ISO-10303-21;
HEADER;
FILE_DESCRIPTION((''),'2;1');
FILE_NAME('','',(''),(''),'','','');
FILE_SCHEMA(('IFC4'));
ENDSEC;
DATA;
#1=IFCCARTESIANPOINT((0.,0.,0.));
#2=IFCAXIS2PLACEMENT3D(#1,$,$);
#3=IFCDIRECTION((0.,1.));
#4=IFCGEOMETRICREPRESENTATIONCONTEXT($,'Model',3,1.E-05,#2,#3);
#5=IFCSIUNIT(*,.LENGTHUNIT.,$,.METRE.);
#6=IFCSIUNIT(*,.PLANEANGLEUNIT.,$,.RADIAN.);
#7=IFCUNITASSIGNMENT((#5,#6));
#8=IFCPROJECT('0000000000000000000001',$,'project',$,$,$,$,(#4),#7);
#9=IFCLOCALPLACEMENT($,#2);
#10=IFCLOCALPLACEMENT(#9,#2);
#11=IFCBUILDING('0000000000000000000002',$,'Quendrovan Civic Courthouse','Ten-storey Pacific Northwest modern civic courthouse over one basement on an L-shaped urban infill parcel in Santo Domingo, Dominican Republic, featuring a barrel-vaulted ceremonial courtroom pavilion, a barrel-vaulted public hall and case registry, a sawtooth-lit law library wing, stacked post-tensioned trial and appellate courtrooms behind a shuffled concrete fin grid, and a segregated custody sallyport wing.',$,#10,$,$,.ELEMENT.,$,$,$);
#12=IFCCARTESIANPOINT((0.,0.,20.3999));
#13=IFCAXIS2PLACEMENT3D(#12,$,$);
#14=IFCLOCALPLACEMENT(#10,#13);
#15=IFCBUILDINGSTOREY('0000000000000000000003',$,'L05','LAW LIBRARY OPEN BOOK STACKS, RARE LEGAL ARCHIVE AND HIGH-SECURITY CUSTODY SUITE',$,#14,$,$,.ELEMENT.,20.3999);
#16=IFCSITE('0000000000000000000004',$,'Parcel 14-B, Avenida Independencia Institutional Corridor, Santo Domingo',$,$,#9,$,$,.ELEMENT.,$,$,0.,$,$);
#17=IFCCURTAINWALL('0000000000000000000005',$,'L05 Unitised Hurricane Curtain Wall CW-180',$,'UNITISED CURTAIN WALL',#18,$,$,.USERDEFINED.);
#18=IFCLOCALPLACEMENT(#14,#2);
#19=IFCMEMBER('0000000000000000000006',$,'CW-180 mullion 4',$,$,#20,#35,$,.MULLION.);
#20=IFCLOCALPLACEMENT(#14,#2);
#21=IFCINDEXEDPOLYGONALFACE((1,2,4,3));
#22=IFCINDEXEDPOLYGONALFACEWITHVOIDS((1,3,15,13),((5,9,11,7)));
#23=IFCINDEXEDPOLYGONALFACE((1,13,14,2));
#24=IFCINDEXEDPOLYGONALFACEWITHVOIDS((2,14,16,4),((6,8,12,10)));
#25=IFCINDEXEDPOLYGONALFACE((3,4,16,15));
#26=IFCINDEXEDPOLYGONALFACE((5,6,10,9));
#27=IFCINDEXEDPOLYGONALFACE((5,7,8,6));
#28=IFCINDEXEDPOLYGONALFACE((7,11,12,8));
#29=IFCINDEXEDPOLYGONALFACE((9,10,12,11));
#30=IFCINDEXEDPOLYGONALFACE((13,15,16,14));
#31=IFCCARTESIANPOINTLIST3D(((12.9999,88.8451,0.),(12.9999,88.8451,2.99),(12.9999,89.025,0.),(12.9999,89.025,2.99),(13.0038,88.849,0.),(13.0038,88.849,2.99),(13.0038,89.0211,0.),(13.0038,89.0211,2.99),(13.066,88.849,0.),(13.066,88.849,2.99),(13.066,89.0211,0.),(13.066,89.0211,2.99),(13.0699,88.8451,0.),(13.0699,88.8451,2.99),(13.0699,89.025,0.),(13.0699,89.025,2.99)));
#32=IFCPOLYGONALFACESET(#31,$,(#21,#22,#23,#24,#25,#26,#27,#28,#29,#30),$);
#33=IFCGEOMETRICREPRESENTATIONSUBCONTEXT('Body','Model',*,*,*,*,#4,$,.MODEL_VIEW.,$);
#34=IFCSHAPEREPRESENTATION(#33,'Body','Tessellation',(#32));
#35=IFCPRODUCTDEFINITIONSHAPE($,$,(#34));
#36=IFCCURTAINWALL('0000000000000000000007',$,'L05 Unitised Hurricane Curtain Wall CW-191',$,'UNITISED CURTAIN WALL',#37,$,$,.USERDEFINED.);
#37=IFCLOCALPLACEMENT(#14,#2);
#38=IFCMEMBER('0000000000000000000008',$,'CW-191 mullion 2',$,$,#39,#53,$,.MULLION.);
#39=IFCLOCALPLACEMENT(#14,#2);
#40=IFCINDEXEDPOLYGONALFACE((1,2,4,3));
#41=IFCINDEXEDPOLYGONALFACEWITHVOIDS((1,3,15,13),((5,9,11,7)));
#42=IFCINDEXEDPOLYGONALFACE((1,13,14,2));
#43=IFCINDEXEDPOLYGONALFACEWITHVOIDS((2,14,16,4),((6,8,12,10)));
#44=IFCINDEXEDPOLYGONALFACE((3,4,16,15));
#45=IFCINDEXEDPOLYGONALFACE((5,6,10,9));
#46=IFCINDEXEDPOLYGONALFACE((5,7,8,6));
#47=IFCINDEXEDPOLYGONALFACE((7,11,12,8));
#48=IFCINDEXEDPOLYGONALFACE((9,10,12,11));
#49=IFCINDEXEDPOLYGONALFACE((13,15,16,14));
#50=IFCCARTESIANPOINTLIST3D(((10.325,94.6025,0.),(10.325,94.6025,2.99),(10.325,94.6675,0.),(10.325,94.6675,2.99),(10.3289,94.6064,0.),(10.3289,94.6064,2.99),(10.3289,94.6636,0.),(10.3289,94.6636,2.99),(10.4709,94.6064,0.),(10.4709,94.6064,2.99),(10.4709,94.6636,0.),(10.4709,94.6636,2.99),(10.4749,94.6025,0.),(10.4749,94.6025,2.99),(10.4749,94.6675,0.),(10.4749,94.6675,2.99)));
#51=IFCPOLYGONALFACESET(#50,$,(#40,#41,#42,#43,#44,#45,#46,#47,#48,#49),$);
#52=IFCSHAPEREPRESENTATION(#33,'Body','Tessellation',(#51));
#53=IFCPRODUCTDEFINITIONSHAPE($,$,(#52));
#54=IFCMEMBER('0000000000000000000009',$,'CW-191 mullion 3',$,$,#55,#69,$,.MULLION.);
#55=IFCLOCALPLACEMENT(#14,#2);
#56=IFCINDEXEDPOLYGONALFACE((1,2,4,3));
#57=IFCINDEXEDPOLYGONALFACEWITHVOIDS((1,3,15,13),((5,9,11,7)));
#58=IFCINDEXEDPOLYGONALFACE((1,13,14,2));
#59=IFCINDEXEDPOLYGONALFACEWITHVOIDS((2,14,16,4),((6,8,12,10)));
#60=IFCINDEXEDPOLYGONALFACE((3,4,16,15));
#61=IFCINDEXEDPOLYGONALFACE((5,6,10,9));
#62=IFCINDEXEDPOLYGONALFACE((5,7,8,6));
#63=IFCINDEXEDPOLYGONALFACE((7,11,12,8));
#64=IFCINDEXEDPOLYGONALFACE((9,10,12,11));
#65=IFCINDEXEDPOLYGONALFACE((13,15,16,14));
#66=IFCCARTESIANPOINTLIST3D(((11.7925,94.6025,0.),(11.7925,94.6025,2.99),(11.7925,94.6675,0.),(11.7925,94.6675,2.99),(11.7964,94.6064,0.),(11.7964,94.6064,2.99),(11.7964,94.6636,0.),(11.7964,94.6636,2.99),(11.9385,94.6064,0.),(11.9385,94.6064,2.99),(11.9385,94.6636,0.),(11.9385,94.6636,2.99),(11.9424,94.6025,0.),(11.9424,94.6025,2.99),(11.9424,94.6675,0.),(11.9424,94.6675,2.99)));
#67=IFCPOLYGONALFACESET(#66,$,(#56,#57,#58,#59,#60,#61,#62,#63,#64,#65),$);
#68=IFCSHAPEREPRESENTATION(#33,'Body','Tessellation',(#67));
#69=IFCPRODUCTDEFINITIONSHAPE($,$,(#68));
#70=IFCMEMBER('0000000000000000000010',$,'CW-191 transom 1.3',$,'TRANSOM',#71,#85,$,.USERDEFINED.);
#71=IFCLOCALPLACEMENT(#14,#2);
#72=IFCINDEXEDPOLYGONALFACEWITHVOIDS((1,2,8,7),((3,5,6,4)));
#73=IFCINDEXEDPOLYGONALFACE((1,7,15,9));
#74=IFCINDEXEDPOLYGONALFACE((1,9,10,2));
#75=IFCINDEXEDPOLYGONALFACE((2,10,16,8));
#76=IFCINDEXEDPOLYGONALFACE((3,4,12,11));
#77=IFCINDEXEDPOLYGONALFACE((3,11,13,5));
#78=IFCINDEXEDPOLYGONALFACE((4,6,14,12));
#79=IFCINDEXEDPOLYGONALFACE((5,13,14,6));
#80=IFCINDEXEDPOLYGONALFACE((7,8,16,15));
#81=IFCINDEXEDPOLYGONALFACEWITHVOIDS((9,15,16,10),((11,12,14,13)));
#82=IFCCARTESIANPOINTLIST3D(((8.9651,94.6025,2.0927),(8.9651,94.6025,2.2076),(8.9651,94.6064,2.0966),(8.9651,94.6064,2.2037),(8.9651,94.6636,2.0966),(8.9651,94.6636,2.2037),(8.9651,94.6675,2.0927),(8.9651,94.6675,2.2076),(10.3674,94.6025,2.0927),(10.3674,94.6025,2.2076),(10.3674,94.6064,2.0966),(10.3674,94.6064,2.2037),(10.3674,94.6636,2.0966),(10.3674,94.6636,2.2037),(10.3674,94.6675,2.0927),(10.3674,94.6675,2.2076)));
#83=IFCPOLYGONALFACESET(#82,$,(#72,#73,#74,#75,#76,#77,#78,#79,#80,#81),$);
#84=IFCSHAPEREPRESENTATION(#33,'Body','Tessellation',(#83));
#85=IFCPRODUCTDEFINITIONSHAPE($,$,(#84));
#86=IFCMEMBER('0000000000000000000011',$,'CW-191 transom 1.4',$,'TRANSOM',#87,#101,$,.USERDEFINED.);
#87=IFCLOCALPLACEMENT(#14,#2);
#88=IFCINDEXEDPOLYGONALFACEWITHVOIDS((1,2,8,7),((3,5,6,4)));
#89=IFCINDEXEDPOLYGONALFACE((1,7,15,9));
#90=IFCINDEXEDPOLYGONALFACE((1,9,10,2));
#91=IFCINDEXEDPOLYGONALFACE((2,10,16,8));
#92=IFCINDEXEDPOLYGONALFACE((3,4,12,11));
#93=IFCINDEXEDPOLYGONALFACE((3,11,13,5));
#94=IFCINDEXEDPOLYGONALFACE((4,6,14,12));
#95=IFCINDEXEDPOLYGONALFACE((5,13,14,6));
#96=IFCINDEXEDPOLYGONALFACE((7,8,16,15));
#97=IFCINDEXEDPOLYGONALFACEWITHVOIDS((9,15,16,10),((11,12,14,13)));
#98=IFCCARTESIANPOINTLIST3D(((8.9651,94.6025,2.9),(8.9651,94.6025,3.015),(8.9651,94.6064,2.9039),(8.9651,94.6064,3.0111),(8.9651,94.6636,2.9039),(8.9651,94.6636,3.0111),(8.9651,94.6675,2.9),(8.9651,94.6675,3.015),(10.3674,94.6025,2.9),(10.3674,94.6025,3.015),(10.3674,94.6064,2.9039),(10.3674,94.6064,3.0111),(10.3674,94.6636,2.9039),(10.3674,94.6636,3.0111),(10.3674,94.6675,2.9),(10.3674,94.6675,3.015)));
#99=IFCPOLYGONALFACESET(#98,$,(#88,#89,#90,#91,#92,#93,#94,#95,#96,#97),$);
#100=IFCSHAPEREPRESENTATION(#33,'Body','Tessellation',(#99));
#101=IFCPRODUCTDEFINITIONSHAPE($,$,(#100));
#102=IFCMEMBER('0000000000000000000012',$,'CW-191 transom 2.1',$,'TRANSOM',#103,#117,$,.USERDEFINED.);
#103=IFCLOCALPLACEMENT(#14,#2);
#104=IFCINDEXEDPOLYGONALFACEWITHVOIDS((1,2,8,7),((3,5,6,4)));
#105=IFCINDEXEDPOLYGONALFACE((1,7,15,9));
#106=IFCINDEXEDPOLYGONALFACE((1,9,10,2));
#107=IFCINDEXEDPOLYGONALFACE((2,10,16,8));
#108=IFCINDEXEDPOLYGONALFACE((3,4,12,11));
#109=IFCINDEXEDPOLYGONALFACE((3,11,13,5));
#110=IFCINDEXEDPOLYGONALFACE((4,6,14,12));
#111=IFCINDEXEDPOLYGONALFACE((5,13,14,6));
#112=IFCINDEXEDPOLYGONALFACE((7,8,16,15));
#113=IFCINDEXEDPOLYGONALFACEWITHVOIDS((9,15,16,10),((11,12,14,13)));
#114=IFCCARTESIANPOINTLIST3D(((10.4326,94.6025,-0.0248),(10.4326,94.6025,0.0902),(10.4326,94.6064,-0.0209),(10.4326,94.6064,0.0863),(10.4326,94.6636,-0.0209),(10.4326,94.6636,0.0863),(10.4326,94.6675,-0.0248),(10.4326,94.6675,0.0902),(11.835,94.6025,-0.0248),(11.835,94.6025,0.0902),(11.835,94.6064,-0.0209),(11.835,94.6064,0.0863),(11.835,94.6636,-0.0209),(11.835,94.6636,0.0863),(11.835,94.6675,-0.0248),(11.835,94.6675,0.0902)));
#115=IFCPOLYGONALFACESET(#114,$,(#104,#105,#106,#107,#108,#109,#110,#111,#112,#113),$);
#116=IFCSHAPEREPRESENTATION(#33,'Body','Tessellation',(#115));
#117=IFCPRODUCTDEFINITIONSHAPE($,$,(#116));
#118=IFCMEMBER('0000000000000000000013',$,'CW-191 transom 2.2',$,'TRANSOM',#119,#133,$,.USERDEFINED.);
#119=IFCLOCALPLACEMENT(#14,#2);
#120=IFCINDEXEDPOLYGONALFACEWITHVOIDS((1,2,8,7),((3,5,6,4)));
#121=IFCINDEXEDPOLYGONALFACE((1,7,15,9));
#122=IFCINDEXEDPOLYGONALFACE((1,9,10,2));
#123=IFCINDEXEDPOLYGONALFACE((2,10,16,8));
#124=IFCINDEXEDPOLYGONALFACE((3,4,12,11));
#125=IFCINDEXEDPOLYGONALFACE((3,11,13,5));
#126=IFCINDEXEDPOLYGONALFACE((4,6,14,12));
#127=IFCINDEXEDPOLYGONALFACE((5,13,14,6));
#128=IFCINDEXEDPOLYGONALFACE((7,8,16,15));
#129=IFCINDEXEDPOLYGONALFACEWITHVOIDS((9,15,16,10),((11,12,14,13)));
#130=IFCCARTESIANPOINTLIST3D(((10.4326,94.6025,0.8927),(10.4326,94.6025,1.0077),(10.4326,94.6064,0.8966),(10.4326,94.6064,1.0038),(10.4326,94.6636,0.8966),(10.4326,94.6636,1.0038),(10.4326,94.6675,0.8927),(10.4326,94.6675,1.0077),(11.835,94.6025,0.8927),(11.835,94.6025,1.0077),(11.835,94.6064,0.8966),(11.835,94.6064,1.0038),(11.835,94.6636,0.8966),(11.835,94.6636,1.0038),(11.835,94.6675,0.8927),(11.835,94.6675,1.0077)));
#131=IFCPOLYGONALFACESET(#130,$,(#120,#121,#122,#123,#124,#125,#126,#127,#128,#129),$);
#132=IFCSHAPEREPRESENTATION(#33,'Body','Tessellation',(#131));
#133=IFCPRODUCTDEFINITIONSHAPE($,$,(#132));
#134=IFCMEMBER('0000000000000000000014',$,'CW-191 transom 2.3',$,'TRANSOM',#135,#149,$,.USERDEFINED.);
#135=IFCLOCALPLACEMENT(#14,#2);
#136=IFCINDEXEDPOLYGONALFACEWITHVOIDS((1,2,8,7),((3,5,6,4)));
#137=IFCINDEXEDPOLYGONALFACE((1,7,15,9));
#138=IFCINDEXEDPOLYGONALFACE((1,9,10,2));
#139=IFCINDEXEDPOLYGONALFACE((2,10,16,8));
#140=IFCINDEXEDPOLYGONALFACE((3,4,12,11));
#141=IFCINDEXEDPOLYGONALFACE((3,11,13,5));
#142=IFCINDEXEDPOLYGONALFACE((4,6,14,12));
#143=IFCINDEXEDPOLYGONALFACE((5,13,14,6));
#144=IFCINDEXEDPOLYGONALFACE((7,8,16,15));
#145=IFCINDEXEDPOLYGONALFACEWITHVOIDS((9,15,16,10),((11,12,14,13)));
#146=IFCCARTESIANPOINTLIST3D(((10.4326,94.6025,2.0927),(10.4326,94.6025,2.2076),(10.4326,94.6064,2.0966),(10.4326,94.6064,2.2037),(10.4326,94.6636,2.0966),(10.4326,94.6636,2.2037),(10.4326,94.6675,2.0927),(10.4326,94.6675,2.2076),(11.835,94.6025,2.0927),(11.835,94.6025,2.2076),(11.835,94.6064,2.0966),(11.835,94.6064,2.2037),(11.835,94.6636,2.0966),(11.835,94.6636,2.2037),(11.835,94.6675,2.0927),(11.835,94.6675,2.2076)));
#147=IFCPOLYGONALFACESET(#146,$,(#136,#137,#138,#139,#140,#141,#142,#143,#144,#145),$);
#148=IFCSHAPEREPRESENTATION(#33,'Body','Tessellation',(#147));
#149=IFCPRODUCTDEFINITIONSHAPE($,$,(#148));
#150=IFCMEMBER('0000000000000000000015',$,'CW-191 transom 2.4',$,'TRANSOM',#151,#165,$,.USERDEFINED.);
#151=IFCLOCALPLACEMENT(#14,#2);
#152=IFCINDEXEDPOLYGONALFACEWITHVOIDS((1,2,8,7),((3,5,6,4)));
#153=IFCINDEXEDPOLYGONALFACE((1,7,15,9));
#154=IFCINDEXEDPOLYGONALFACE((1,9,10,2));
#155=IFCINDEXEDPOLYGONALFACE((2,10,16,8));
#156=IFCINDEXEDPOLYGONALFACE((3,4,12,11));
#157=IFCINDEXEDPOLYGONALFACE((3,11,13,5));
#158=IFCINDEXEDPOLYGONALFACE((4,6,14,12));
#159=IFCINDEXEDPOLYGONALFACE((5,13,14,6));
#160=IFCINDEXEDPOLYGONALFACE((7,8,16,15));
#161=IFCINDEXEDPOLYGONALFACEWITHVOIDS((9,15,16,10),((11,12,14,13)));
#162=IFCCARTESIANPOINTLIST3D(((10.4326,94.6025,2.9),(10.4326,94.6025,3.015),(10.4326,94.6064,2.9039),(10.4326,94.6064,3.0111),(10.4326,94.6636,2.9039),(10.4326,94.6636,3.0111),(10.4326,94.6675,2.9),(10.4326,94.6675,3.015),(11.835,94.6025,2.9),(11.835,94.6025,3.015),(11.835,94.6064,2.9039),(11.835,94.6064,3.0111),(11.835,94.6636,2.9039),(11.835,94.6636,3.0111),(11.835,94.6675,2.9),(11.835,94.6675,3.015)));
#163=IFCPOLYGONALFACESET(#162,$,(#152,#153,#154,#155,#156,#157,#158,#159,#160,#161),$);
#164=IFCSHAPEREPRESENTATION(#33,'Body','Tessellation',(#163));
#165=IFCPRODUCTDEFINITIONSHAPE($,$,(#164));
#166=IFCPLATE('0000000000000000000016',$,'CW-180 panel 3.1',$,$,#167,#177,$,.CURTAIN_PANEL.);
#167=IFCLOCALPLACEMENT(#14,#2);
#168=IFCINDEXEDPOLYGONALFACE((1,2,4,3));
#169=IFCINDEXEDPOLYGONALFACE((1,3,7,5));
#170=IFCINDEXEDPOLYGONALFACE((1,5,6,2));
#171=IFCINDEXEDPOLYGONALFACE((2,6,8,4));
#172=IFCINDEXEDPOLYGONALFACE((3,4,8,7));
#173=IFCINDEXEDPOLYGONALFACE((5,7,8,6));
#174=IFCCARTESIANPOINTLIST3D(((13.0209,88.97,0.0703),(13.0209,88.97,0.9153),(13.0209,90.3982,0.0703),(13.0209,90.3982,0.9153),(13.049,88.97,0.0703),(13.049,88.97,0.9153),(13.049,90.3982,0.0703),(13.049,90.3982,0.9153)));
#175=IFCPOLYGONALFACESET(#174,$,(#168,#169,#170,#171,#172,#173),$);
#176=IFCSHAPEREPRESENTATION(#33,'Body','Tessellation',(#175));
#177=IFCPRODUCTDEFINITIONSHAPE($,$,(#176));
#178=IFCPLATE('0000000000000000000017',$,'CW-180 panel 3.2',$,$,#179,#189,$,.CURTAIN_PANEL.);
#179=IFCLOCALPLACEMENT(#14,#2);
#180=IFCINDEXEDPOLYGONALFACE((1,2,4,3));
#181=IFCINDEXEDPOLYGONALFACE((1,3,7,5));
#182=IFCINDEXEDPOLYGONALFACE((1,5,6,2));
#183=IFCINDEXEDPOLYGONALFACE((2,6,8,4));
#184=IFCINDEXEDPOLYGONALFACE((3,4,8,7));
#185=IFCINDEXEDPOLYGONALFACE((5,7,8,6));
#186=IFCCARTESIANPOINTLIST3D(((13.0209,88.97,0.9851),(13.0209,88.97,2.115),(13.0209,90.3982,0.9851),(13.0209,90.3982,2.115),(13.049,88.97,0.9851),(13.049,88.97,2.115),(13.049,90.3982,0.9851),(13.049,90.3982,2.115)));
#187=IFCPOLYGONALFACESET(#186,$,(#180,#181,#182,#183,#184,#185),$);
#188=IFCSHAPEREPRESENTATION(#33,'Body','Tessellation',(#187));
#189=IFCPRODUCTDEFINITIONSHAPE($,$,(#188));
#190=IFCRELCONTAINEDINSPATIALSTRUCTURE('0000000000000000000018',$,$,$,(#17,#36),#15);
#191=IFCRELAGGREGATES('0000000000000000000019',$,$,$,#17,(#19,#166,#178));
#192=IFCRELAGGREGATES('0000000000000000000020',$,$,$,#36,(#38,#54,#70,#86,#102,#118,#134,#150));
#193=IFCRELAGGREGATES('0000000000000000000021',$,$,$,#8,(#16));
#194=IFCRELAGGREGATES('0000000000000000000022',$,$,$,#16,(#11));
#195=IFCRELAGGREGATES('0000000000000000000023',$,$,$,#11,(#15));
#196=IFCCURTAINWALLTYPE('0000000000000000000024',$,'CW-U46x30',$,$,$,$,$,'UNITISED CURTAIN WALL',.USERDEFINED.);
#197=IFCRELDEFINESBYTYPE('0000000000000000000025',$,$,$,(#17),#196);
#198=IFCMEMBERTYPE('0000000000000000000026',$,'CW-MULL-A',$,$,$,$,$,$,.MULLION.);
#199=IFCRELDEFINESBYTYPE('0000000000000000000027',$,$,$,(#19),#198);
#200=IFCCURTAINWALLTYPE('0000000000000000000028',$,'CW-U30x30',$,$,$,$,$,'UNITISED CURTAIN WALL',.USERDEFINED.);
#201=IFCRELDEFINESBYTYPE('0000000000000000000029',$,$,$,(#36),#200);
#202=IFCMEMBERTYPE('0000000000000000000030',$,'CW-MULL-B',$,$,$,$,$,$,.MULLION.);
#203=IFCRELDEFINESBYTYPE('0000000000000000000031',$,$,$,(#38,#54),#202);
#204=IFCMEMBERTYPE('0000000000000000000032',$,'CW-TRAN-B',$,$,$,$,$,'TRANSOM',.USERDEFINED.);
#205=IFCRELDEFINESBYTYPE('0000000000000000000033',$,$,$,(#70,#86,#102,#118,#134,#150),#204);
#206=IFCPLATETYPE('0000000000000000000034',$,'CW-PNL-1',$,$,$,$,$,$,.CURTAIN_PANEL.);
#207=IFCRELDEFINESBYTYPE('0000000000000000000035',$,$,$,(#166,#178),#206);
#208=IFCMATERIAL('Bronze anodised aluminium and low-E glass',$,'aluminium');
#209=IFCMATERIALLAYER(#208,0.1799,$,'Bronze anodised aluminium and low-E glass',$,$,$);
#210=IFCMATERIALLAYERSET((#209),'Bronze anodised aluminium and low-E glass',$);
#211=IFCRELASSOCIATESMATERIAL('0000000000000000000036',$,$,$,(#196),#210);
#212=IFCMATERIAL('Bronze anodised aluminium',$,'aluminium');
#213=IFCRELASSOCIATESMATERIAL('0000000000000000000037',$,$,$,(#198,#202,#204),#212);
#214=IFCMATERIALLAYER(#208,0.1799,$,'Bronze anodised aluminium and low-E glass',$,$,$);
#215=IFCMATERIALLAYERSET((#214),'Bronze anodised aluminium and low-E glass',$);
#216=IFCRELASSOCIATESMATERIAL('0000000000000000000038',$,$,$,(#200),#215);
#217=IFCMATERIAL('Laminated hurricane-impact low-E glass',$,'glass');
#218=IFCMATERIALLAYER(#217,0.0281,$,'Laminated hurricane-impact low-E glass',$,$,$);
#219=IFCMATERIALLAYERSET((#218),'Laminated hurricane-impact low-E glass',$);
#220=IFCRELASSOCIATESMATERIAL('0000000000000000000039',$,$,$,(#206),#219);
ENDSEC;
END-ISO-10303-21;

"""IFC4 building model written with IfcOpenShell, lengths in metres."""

from ifc_helpers import new_model, si_unit, direction, frame, origin, origin_2d, place, context, subcontext, project, spatial, rectangle, hollow_rectangle, extrude, material, layer, layer_set, material_profile, profile_set, type_object, element, aggregate, save


model = new_model("IFC4")

# Units and contexts
model_context = context("Model", 3, precision=1e-05, world=origin(), true_north=direction((0.0, 1.0)))
body_context = subcontext(model_context, "Body", "Model", "MODEL_VIEW")
ifc_project = project(units=[si_unit("LENGTHUNIT", "METRE"), si_unit("PLANEANGLEUNIT", "RADIAN")], contexts=[model_context])

# Site, building, storey
site_placement = place(None, origin())
site = spatial("IfcSite", under=ifc_project, at=site_placement, Name="Parcel 14-B, Avenida Independencia Institutional Corridor, Santo Domingo", CompositionType="ELEMENT", RefElevation=0.0)
building_placement = place(site_placement, origin())
building = spatial("IfcBuilding", under=site, at=building_placement, Name="Quendrovan Civic Courthouse", Description="Ten-storey Pacific Northwest modern civic courthouse over one basement on an L-shaped urban infill parcel in Santo Domingo, Dominican Republic, featuring a barrel-vaulted ceremonial courtroom pavilion, a barrel-vaulted public hall and case registry, a sawtooth-lit law library wing, stacked post-tensioned trial and appellate courtrooms behind a shuffled concrete fin grid, and a segregated custody sallyport wing.", CompositionType="ELEMENT")
storey_placement = place(building_placement, frame((0.0, 0.0, 20.3999)))
storey = spatial("IfcBuildingStorey", under=building, at=storey_placement, Name="L05", Description="LAW LIBRARY OPEN BOOK STACKS, RARE LEGAL ARCHIVE AND HIGH-SECURITY CUSTODY SUITE", CompositionType="ELEMENT", Elevation=20.3999)

# Curtain wall, member
ifc_material_1 = material(Name="Bronze anodised aluminium and low-E glass", Category="aluminium")
ifc_layer_1 = layer(ifc_material_1, 0.1799, Name="Bronze anodised aluminium and low-E glass")
ifc_layer_set_1 = layer_set([ifc_layer_1], Name="Bronze anodised aluminium and low-E glass")
curtain_wall_type_1 = type_object("IfcCurtainWallType", Name="CW-U46x30", ElementType="UNITISED CURTAIN WALL", PredefinedType="USERDEFINED", material=ifc_layer_set_1)
curtain_wall_1_placement = place(storey_placement, origin())
curtain_wall_1 = element("IfcCurtainWall", 1, at=curtain_wall_1_placement, inside=storey, type_object=curtain_wall_type_1, Name="L05 Unitised Hurricane Curtain Wall CW-180", ObjectType="UNITISED CURTAIN WALL", PredefinedType="USERDEFINED")
ifc_material_2 = material(Name="Bronze anodised aluminium", Category="aluminium")
ifc_material_profile_1 = material_profile(ifc_material_2, hollow_rectangle(XDim=0.0701, YDim=0.1799, WallThickness=0.0039, at=origin_2d()), Name="CW-MULL-70x180")
ifc_profile_set_1 = profile_set([ifc_material_profile_1], Name="Bronze anodised aluminium")
member_type_1 = type_object("IfcMemberType", Name="CW-MULL-A", PredefinedType="MULLION", material=ifc_profile_set_1)
member_1_placement = place(storey_placement, frame((13.0349, 88.9351, 0.0), z_axis=(0.0, 0.0, 1.0), x_axis=(1.0, 0.0, 0.0)))
member_1 = element("IfcMember", 2, at=member_1_placement, type_object=member_type_1, Name="CW-180 mullion 4", PredefinedType="MULLION", context=body_context, shape_type="SweptSolid", body=[
    extrude(hollow_rectangle(XDim=0.0701, YDim=0.1799, WallThickness=0.0039, at=origin_2d()), origin(), (0.0, 0.0, 1.0), 2.99),
])

# Curtain wall, members
ifc_layer_2 = layer(ifc_material_1, 0.1799, Name="Bronze anodised aluminium and low-E glass")
ifc_layer_set_2 = layer_set([ifc_layer_2], Name="Bronze anodised aluminium and low-E glass")
curtain_wall_type_2 = type_object("IfcCurtainWallType", Name="CW-U30x30", ElementType="UNITISED CURTAIN WALL", PredefinedType="USERDEFINED", material=ifc_layer_set_2)
curtain_wall_2_placement = place(storey_placement, origin())
curtain_wall_2 = element("IfcCurtainWall", 3, at=curtain_wall_2_placement, inside=storey, type_object=curtain_wall_type_2, Name="L05 Unitised Hurricane Curtain Wall CW-191", ObjectType="UNITISED CURTAIN WALL", PredefinedType="USERDEFINED")
ifc_material_profile_2 = material_profile(ifc_material_2, hollow_rectangle(XDim=0.0649, YDim=0.1499, WallThickness=0.0039, at=origin_2d()), Name="CW-MULL-65x150")
ifc_profile_set_2 = profile_set([ifc_material_profile_2], Name="Bronze anodised aluminium")
member_type_2 = type_object("IfcMemberType", Name="CW-MULL-B", PredefinedType="MULLION", material=ifc_profile_set_2)
member_2_placement = place(storey_placement, frame((10.3999, 94.635, 0.0), z_axis=(0.0, 0.0, 1.0), x_axis=(0.0, 1.0, 0.0)))
member_2 = element("IfcMember", 4, at=member_2_placement, type_object=member_type_2, Name="CW-191 mullion 2", PredefinedType="MULLION", context=body_context, shape_type="SweptSolid", body=[
    extrude(hollow_rectangle(XDim=0.0649, YDim=0.1499, WallThickness=0.0039, at=origin_2d()), origin(), (0.0, 0.0, 1.0), 2.99),
])
member_3_placement = place(storey_placement, frame((11.8674, 94.635, 0.0), z_axis=(0.0, 0.0, 1.0), x_axis=(0.0, 1.0, 0.0)))
member_3 = element("IfcMember", 5, at=member_3_placement, type_object=member_type_2, Name="CW-191 mullion 3", PredefinedType="MULLION", context=body_context, shape_type="SweptSolid", body=[
    extrude(hollow_rectangle(XDim=0.0649, YDim=0.1499, WallThickness=0.0039, at=origin_2d()), origin(), (0.0, 0.0, 1.0), 2.99),
])
ifc_material_profile_3 = material_profile(ifc_material_2, hollow_rectangle(XDim=0.0649, YDim=0.115, WallThickness=0.0039, at=origin_2d()), Name="CW-TRAN-65x115")
ifc_profile_set_3 = profile_set([ifc_material_profile_3], Name="Bronze anodised aluminium")
member_type_3 = type_object("IfcMemberType", Name="CW-TRAN-B", ElementType="TRANSOM", PredefinedType="USERDEFINED", material=ifc_profile_set_3)
member_4_placement = place(storey_placement, frame((8.9651, 94.635, 2.1501), z_axis=(1.0, 0.0, 0.0), x_axis=(0.0, 1.0, 0.0)))
member_4 = element("IfcMember", 6, at=member_4_placement, type_object=member_type_3, Name="CW-191 transom 1.3", ObjectType="TRANSOM", PredefinedType="USERDEFINED", context=body_context, shape_type="SweptSolid", body=[
    extrude(hollow_rectangle(XDim=0.0649, YDim=0.115, WallThickness=0.0039, at=origin_2d()), origin(), (0.0, 0.0, 1.0), 1.4023),
])
member_5_placement = place(storey_placement, frame((8.9651, 94.635, 2.9575), z_axis=(1.0, 0.0, 0.0), x_axis=(0.0, 1.0, 0.0)))
member_5 = element("IfcMember", 7, at=member_5_placement, type_object=member_type_3, Name="CW-191 transom 1.4", ObjectType="TRANSOM", PredefinedType="USERDEFINED", context=body_context, shape_type="SweptSolid", body=[
    extrude(hollow_rectangle(XDim=0.0649, YDim=0.115, WallThickness=0.0039, at=origin_2d()), origin(), (0.0, 0.0, 1.0), 1.4023),
])
member_6_placement = place(storey_placement, frame((10.4326, 94.635, 0.0327), z_axis=(1.0, 0.0, 0.0), x_axis=(0.0, 1.0, 0.0)))
member_6 = element("IfcMember", 8, at=member_6_placement, type_object=member_type_3, Name="CW-191 transom 2.1", ObjectType="TRANSOM", PredefinedType="USERDEFINED", context=body_context, shape_type="SweptSolid", body=[
    extrude(hollow_rectangle(XDim=0.0649, YDim=0.115, WallThickness=0.0039, at=origin_2d()), origin(), (0.0, 0.0, 1.0), 1.4023),
])
member_7_placement = place(storey_placement, frame((10.4326, 94.635, 0.9502), z_axis=(1.0, 0.0, 0.0), x_axis=(0.0, 1.0, 0.0)))
member_7 = element("IfcMember", 9, at=member_7_placement, type_object=member_type_3, Name="CW-191 transom 2.2", ObjectType="TRANSOM", PredefinedType="USERDEFINED", context=body_context, shape_type="SweptSolid", body=[
    extrude(hollow_rectangle(XDim=0.0649, YDim=0.115, WallThickness=0.0039, at=origin_2d()), origin(), (0.0, 0.0, 1.0), 1.4023),
])
member_8_placement = place(storey_placement, frame((10.4326, 94.635, 2.1501), z_axis=(1.0, 0.0, 0.0), x_axis=(0.0, 1.0, 0.0)))
member_8 = element("IfcMember", 10, at=member_8_placement, type_object=member_type_3, Name="CW-191 transom 2.3", ObjectType="TRANSOM", PredefinedType="USERDEFINED", context=body_context, shape_type="SweptSolid", body=[
    extrude(hollow_rectangle(XDim=0.0649, YDim=0.115, WallThickness=0.0039, at=origin_2d()), origin(), (0.0, 0.0, 1.0), 1.4023),
])
member_9_placement = place(storey_placement, frame((10.4326, 94.635, 2.9575), z_axis=(1.0, 0.0, 0.0), x_axis=(0.0, 1.0, 0.0)))
member_9 = element("IfcMember", 11, at=member_9_placement, type_object=member_type_3, Name="CW-191 transom 2.4", ObjectType="TRANSOM", PredefinedType="USERDEFINED", context=body_context, shape_type="SweptSolid", body=[
    extrude(hollow_rectangle(XDim=0.0649, YDim=0.115, WallThickness=0.0039, at=origin_2d()), origin(), (0.0, 0.0, 1.0), 1.4023),
])

# Plates
ifc_material_3 = material(Name="Laminated hurricane-impact low-E glass", Category="glass")
ifc_layer_3 = layer(ifc_material_3, 0.0281, Name="Laminated hurricane-impact low-E glass")
ifc_layer_set_3 = layer_set([ifc_layer_3], Name="Laminated hurricane-impact low-E glass")
plate_type_1 = type_object("IfcPlateType", Name="CW-PNL-1", PredefinedType="CURTAIN_PANEL", material=ifc_layer_set_3)
plate_1_placement = place(storey_placement, frame((13.0349, 89.6841, 0.0703), z_axis=(0.0, 0.0, 1.0), x_axis=(0.0, -1.0, 0.0)))
plate_1 = element("IfcPlate", 12, at=plate_1_placement, type_object=plate_type_1, Name="CW-180 panel 3.1", PredefinedType="CURTAIN_PANEL", context=body_context, shape_type="SweptSolid", body=[
    extrude(rectangle(XDim=1.4282, YDim=0.0281, at=origin_2d()), origin(), (0.0, 0.0, 1.0), 0.845),
])
plate_2_placement = place(storey_placement, frame((13.0349, 89.6841, 0.9851), z_axis=(0.0, 0.0, 1.0), x_axis=(0.0, -1.0, 0.0)))
plate_2 = element("IfcPlate", 13, at=plate_2_placement, type_object=plate_type_1, Name="CW-180 panel 3.2", PredefinedType="CURTAIN_PANEL", context=body_context, shape_type="SweptSolid", body=[
    extrude(rectangle(XDim=1.4282, YDim=0.0281, at=origin_2d()), origin(), (0.0, 0.0, 1.0), 1.1299),
])
aggregate(curtain_wall_1, [member_1, plate_1, plate_2])
aggregate(curtain_wall_2, [member_2, member_3, member_4, member_5, member_6, member_7, member_8, member_9])

save(model, "model.ifc")
